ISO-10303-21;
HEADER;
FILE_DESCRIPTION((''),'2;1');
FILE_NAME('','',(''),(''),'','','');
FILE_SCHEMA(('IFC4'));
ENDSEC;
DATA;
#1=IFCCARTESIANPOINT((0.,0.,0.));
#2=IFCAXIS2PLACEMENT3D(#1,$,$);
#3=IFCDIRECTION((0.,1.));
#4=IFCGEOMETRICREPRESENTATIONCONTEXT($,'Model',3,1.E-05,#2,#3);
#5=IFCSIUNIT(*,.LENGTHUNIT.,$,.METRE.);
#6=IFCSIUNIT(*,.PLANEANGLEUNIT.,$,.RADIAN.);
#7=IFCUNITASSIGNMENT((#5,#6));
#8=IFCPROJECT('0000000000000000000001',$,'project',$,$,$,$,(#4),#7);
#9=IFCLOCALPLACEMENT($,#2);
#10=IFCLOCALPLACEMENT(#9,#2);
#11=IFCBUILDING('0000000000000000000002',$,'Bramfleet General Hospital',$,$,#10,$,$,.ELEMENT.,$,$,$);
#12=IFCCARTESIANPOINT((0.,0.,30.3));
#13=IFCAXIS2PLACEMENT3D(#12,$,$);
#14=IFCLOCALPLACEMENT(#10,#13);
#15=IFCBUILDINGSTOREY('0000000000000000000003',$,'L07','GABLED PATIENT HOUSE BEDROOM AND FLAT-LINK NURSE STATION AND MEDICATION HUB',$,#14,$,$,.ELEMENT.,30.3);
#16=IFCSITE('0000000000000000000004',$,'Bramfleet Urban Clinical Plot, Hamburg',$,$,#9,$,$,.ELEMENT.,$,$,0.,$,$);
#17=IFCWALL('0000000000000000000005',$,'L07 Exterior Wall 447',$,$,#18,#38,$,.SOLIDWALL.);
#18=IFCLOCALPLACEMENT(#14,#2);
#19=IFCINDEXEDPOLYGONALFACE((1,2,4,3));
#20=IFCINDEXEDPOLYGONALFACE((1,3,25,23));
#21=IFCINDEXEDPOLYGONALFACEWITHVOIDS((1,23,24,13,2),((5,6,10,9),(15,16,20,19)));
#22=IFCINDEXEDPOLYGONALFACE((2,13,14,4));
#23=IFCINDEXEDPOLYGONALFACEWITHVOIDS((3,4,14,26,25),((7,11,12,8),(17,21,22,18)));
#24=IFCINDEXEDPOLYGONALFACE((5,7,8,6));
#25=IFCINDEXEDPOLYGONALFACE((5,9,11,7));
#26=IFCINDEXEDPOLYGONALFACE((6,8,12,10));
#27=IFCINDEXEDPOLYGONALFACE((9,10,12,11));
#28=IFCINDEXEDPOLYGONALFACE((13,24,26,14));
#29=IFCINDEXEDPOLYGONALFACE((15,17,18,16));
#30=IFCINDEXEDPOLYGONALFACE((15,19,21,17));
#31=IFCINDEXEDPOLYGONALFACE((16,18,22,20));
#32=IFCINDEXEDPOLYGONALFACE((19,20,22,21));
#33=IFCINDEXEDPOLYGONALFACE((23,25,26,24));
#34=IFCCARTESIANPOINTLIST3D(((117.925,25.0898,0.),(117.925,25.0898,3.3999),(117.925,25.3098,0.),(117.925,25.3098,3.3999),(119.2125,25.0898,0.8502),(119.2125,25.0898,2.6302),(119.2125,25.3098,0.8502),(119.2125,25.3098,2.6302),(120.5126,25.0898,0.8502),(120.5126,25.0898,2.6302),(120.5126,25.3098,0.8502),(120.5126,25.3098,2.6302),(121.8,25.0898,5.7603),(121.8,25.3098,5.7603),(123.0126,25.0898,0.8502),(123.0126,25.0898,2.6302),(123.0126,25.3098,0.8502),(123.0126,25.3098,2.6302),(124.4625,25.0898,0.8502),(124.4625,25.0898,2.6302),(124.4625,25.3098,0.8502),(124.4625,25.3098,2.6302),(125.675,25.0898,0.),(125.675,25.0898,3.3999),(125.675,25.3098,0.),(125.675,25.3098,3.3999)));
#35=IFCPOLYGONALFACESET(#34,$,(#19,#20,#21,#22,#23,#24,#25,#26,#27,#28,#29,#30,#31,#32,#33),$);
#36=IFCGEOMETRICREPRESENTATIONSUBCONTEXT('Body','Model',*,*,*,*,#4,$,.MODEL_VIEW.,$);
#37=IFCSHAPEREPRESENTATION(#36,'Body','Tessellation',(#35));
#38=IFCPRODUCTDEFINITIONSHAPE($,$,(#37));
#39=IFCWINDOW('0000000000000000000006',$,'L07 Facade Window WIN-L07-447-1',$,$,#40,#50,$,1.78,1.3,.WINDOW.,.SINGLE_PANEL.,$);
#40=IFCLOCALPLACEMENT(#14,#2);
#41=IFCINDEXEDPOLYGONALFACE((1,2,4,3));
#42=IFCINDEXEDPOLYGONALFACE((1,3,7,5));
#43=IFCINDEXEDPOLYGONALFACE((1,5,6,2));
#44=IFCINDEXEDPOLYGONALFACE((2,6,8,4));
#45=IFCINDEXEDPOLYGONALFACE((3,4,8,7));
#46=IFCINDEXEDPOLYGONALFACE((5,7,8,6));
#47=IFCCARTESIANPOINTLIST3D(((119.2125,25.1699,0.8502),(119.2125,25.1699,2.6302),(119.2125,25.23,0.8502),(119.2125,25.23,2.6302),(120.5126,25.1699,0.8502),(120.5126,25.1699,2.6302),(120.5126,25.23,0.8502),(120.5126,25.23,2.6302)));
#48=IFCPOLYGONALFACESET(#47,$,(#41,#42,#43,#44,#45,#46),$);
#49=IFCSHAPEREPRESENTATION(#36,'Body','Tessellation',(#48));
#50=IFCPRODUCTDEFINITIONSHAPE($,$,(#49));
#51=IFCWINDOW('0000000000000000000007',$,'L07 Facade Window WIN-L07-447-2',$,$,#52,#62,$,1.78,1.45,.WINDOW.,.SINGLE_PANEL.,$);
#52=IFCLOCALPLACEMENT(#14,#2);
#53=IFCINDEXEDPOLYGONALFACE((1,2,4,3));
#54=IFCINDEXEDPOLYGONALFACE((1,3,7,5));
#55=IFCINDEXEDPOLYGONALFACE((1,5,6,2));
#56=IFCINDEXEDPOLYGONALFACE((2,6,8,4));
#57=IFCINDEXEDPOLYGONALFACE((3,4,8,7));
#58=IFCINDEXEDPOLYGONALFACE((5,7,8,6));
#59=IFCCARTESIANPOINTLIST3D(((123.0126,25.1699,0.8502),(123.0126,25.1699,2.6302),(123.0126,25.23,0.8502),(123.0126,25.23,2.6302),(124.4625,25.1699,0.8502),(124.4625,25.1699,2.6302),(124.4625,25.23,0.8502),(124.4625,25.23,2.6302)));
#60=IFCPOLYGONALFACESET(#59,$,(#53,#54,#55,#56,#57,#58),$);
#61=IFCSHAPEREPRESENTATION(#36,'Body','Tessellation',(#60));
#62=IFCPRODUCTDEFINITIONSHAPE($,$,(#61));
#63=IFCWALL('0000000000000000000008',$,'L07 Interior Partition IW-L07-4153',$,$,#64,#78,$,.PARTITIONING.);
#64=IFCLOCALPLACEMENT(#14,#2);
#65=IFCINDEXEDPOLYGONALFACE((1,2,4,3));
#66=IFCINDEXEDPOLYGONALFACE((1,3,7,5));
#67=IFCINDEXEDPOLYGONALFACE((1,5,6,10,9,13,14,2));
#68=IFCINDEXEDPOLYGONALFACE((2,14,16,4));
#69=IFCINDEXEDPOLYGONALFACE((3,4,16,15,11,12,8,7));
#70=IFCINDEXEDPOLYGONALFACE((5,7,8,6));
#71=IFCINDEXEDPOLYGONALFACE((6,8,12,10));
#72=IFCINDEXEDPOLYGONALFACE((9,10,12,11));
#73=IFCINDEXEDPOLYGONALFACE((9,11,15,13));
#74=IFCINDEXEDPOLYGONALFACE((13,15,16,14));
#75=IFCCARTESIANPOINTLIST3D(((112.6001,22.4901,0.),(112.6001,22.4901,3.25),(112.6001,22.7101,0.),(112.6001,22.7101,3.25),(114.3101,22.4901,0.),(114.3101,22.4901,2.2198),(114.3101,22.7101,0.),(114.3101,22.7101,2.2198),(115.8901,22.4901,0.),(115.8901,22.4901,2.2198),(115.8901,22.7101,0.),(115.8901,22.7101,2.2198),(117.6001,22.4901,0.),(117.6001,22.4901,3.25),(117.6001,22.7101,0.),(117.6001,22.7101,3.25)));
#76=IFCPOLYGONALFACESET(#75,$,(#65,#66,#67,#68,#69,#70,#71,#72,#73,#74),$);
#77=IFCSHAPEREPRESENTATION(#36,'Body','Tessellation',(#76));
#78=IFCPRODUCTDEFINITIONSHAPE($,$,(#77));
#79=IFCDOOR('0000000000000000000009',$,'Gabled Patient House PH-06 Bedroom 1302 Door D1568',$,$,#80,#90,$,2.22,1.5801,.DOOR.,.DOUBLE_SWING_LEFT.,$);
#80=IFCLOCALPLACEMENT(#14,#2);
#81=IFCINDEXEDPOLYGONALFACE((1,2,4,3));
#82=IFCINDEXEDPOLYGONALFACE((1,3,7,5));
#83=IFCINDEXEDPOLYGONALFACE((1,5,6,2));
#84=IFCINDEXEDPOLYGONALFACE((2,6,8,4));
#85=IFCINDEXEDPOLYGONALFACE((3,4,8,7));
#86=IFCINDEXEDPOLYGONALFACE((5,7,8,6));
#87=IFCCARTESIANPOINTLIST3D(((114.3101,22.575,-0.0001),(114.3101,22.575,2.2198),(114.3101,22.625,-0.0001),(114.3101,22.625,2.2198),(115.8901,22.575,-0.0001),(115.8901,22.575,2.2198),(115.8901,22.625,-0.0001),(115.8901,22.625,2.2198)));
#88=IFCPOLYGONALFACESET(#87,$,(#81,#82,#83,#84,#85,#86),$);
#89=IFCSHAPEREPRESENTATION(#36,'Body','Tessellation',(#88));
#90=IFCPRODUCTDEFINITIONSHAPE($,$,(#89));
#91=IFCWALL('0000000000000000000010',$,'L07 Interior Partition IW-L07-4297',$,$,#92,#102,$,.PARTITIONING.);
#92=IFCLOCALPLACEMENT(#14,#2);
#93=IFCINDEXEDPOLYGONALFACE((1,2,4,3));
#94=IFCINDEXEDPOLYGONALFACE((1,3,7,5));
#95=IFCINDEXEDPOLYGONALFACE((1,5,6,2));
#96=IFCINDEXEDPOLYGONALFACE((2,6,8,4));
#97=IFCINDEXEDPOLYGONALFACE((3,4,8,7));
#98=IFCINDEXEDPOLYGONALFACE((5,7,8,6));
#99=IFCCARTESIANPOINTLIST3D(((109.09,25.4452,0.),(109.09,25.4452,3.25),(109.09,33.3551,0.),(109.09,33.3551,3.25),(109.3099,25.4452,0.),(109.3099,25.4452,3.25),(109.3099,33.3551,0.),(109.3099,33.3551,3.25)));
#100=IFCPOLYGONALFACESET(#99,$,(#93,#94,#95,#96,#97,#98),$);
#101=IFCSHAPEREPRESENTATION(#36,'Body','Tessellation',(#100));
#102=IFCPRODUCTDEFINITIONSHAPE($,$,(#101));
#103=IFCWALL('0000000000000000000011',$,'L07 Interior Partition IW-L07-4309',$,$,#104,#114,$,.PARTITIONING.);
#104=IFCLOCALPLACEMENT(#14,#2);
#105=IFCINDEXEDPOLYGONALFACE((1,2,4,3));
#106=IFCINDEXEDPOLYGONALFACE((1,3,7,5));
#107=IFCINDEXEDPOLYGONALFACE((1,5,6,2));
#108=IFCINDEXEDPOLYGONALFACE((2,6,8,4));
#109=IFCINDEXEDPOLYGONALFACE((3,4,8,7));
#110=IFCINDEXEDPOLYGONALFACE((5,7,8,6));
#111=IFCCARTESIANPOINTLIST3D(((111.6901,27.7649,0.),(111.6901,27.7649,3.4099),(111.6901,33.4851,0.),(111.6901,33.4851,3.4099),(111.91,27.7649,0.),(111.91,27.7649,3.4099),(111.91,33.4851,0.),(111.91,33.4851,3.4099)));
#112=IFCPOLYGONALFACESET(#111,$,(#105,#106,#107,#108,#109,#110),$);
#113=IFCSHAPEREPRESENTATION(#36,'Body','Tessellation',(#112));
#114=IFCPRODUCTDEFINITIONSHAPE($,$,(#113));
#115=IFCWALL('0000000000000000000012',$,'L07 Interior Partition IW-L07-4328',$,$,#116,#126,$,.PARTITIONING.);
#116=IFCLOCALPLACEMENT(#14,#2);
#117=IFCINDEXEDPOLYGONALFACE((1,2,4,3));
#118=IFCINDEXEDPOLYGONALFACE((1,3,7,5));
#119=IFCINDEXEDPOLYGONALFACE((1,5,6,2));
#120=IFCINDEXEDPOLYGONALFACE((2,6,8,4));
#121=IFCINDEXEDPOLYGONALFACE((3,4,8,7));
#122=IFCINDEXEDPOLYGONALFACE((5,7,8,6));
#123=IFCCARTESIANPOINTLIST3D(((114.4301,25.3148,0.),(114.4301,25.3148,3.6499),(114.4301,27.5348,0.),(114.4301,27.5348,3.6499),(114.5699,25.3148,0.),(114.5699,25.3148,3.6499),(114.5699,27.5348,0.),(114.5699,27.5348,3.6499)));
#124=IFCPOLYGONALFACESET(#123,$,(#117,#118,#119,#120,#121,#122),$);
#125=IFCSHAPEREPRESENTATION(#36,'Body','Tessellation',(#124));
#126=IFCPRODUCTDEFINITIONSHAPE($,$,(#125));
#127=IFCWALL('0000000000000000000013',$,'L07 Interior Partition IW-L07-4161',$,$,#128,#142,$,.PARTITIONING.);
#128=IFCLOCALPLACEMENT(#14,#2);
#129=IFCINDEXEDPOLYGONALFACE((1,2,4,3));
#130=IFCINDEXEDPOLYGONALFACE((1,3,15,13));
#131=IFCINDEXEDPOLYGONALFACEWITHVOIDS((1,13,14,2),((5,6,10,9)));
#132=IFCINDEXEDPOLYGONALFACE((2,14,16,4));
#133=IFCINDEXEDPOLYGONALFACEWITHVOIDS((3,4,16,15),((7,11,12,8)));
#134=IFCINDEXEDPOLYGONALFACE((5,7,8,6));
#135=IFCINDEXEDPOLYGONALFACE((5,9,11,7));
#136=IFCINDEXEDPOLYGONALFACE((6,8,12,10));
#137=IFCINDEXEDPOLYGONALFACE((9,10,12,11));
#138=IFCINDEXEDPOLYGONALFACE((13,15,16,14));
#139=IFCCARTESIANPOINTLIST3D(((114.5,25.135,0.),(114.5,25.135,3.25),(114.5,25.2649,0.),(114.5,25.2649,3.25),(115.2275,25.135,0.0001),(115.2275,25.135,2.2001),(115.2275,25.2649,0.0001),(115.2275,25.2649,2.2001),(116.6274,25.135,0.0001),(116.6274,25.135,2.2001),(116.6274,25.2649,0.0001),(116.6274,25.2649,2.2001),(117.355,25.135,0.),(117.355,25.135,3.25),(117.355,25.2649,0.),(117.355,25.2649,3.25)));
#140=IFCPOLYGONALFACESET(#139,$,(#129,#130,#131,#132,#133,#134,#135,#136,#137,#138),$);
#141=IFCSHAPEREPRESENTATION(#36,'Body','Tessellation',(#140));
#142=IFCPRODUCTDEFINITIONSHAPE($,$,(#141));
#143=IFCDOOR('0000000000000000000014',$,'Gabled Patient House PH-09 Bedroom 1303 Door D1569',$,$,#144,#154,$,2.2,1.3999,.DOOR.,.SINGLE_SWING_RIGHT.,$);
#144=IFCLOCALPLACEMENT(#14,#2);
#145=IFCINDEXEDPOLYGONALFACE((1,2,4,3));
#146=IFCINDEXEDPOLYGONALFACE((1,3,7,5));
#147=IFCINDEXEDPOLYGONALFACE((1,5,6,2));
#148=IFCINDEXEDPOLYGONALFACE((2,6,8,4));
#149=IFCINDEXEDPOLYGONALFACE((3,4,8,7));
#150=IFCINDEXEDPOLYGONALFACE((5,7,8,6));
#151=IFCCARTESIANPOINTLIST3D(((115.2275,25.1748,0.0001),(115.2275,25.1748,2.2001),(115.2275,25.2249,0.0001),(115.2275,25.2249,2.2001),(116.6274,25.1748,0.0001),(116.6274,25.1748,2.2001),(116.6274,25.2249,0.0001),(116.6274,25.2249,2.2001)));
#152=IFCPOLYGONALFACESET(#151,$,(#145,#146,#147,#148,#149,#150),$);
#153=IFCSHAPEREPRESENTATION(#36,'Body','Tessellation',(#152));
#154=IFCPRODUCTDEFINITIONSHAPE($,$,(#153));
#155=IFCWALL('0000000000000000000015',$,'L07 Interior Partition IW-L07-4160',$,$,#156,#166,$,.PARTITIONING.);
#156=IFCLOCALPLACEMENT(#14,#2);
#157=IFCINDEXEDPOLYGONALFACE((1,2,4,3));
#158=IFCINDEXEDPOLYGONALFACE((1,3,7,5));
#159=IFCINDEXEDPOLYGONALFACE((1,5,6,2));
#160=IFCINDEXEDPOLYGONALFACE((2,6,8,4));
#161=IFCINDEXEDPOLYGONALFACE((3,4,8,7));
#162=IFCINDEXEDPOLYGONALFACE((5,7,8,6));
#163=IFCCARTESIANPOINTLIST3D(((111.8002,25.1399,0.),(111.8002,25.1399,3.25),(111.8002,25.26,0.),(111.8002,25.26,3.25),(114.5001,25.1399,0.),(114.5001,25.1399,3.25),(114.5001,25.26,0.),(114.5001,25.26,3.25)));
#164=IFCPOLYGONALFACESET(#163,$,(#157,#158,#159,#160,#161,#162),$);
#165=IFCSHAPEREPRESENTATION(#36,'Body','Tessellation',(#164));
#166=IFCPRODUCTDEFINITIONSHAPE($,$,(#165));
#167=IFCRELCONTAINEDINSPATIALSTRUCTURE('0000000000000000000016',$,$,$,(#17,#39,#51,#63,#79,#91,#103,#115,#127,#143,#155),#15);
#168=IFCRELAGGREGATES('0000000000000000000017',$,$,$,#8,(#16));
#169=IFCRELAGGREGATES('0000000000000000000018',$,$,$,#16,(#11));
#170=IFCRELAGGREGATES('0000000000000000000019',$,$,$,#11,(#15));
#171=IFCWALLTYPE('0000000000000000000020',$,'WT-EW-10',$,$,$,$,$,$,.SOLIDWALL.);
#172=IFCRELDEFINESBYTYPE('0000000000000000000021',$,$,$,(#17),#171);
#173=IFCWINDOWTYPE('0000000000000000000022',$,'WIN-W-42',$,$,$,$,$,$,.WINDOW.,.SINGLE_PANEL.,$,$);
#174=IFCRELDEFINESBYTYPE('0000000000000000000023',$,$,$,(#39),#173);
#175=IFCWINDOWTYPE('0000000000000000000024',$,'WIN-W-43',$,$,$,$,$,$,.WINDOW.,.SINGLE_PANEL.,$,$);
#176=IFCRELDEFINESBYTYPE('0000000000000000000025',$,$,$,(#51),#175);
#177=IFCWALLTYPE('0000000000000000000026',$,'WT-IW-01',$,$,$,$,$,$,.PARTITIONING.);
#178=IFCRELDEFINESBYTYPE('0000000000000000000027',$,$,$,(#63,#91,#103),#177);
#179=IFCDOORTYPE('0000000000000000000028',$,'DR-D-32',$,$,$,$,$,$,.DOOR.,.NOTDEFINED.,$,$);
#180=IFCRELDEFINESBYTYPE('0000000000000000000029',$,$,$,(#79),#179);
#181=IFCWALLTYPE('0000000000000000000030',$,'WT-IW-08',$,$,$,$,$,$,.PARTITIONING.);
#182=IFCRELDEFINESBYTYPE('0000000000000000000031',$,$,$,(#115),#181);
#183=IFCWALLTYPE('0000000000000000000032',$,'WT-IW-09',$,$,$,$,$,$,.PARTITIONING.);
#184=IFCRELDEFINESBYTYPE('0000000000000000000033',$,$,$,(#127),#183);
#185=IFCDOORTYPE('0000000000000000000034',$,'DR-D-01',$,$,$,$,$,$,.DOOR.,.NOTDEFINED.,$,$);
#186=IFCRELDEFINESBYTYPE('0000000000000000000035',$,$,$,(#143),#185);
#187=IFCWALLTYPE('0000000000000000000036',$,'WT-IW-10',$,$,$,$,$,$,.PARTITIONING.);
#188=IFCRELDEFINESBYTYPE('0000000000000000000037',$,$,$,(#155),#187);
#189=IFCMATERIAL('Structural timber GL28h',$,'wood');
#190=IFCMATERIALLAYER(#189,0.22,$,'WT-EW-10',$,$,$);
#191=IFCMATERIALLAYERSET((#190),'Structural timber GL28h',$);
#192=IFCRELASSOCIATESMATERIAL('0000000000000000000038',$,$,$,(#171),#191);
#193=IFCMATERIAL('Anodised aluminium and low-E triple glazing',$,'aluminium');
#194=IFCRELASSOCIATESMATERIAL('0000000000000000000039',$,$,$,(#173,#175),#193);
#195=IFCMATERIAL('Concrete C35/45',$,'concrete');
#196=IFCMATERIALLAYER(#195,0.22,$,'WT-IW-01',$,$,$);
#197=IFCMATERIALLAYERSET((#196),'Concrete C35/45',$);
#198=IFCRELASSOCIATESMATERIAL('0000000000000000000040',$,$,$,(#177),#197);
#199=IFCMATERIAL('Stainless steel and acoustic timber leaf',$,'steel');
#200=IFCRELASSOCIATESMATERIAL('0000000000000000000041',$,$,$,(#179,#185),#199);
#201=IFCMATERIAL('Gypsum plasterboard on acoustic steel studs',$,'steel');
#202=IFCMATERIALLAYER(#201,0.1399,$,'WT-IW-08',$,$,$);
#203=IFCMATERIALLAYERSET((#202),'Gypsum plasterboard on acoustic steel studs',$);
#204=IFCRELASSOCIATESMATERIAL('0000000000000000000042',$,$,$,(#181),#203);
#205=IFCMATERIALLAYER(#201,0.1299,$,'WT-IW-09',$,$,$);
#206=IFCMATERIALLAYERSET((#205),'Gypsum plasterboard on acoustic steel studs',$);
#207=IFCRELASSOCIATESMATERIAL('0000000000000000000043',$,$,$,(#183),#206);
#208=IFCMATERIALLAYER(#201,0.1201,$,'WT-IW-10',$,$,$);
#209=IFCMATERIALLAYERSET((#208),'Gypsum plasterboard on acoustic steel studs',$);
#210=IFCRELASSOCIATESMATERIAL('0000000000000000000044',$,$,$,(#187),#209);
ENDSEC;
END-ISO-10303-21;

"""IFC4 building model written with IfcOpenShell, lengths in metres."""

from ifc_helpers import new_model, si_unit, direction, frame, frame_2d, origin, place, context, subcontext, project, spatial, polyline, rectangle, outline, extrude, material, layer, layer_set, type_object, element, fill, save


model = new_model("IFC4")

# Units and contexts
model_context = context("Model", 3, precision=1e-05, world=origin(), true_north=direction((0.0, 1.0)))
body_context = subcontext(model_context, "Body", "Model", "MODEL_VIEW")
ifc_project = project(units=[si_unit("LENGTHUNIT", "METRE"), si_unit("PLANEANGLEUNIT", "RADIAN")], contexts=[model_context])

# Site, building, storey
site_placement = place(None, origin())
site = spatial("IfcSite", under=ifc_project, at=site_placement, Name="Bramfleet Urban Clinical Plot, Hamburg", CompositionType="ELEMENT", RefElevation=0.0)
building_placement = place(site_placement, origin())
building = spatial("IfcBuilding", under=site, at=building_placement, Name="Bramfleet General Hospital", CompositionType="ELEMENT")
storey_placement = place(building_placement, frame((0.0, 0.0, 30.3)))
storey = spatial("IfcBuildingStorey", under=building, at=storey_placement, Name="L07", Description="GABLED PATIENT HOUSE BEDROOM AND FLAT-LINK NURSE STATION AND MEDICATION HUB", CompositionType="ELEMENT", Elevation=30.3)

# Wall, openings, windows
ifc_material_1 = material(Name="Structural timber GL28h", Category="wood")
ifc_layer_1 = layer(ifc_material_1, 0.22, Name="WT-EW-10")
ifc_layer_set_1 = layer_set([ifc_layer_1], Name="Structural timber GL28h")
wall_type_1 = type_object("IfcWallType", Name="WT-EW-10", PredefinedType="SOLIDWALL", material=ifc_layer_set_1)
wall_1_placement = place(storey_placement, frame((117.925, 25.2, 0.0), z_axis=(0.0, 0.0, 1.0), x_axis=(1.0, 0.0, 0.0)))
wall_1 = element("IfcWall", 1, at=wall_1_placement, inside=storey, type_object=wall_type_1, Name="L07 Exterior Wall 447", PredefinedType="SOLIDWALL", context=body_context, shape_type="SweptSolid", body=[
    extrude(outline(polyline([(0.0, 0.0), (7.75, 0.0), (7.75, 3.3999), (3.875, 5.7603), (0.0, 3.3999), (0.0, 0.0)])), frame((0.0, 0.1099, 0.0), z_axis=(0.0, -1.0, 0.0), x_axis=(1.0, 0.0, 0.0)), (0.0, 0.0, 1.0), 0.22),
])
opening_1_placement = place(wall_1_placement, frame((1.2876, 0.0, 0.8501)))
opening_1 = element("IfcOpeningElement", 2, at=opening_1_placement, cuts=wall_1, PredefinedType="OPENING", context=body_context, shape_type="SweptSolid", body=[
    extrude(rectangle(XDim=1.3, YDim=1.78, at=frame_2d((0.6499, 0.8901))), frame((0.0, 0.1199, 0.0), z_axis=(0.0, -1.0, 0.0), x_axis=(1.0, 0.0, 0.0)), (0.0, 0.0, 1.0), 0.24),
])
opening_2_placement = place(wall_1_placement, frame((5.0874, 0.0, 0.8501)))
opening_2 = element("IfcOpeningElement", 3, at=opening_2_placement, cuts=wall_1, PredefinedType="OPENING", context=body_context, shape_type="SweptSolid", body=[
    extrude(rectangle(XDim=1.45, YDim=1.78, at=frame_2d((0.7251, 0.8901))), frame((0.0, 0.1199, 0.0), z_axis=(0.0, -1.0, 0.0), x_axis=(1.0, 0.0, 0.0)), (0.0, 0.0, 1.0), 0.24),
])
ifc_material_2 = material(Name="Anodised aluminium and low-E triple glazing", Category="aluminium")
window_type_1 = type_object("IfcWindowType", Name="WIN-W-42", PartitioningType="SINGLE_PANEL", PredefinedType="WINDOW", material=ifc_material_2)
window_1_placement = place(opening_1_placement, origin())
window_1 = element("IfcWindow", 4, at=window_1_placement, inside=storey, type_object=window_type_1, Name="L07 Facade Window WIN-L07-447-1", OverallHeight=1.78, OverallWidth=1.3, PartitioningType="SINGLE_PANEL", PredefinedType="WINDOW", context=body_context, shape_type="SweptSolid", body=[
    extrude(rectangle(XDim=1.3, YDim=1.78, at=frame_2d((0.6499, 0.8901))), frame((0.0, 0.03, 0.0), z_axis=(0.0, -1.0, 0.0), x_axis=(1.0, 0.0, 0.0)), (0.0, 0.0, 1.0), 0.0601),
])
fill(opening_1, window_1)
window_type_2 = type_object("IfcWindowType", Name="WIN-W-43", PartitioningType="SINGLE_PANEL", PredefinedType="WINDOW", material=ifc_material_2)
window_2_placement = place(opening_2_placement, origin())
window_2 = element("IfcWindow", 5, at=window_2_placement, inside=storey, type_object=window_type_2, Name="L07 Facade Window WIN-L07-447-2", OverallHeight=1.78, OverallWidth=1.45, PartitioningType="SINGLE_PANEL", PredefinedType="WINDOW", context=body_context, shape_type="SweptSolid", body=[
    extrude(rectangle(XDim=1.45, YDim=1.78, at=frame_2d((0.7251, 0.8901))), frame((0.0, 0.03, 0.0), z_axis=(0.0, -1.0, 0.0), x_axis=(1.0, 0.0, 0.0)), (0.0, 0.0, 1.0), 0.0601),
])
fill(opening_2, window_2)

# Wall, opening, door
ifc_material_3 = material(Name="Concrete C35/45", Category="concrete")
ifc_layer_2 = layer(ifc_material_3, 0.22, Name="WT-IW-01")
ifc_layer_set_2 = layer_set([ifc_layer_2], Name="Concrete C35/45")
wall_type_2 = type_object("IfcWallType", Name="WT-IW-01", PredefinedType="PARTITIONING", material=ifc_layer_set_2)
wall_2_placement = place(storey_placement, frame((112.6001, 22.6001, 0.0), z_axis=(0.0, 0.0, 1.0), x_axis=(1.0, 0.0, 0.0)))
wall_2 = element("IfcWall", 6, at=wall_2_placement, inside=storey, type_object=wall_type_2, Name="L07 Interior Partition IW-L07-4153", PredefinedType="PARTITIONING", context=body_context, shape_type="SweptSolid", body=[
    extrude(rectangle(XDim=5.0, YDim=0.22, at=frame_2d((2.5, 0.0))), origin(), (0.0, 0.0, 1.0), 3.25),
])
opening_3_placement = place(wall_2_placement, frame((1.71, 0.0, 0.0)))
opening_3 = element("IfcOpeningElement", 7, at=opening_3_placement, cuts=wall_2, PredefinedType="OPENING", context=body_context, shape_type="SweptSolid", body=[
    extrude(rectangle(XDim=1.5801, YDim=2.22, at=frame_2d((0.79, 1.1099))), frame((0.0, 0.1199, 0.0), z_axis=(0.0, -1.0, 0.0), x_axis=(1.0, 0.0, 0.0)), (0.0, 0.0, 1.0), 0.24),
])
ifc_material_4 = material(Name="Stainless steel and acoustic timber leaf", Category="steel")
door_type_1 = type_object("IfcDoorType", Name="DR-D-32", OperationType="NOTDEFINED", PredefinedType="DOOR", material=ifc_material_4)
door_1_placement = place(opening_3_placement, origin())
door_1 = element("IfcDoor", 8, at=door_1_placement, inside=storey, type_object=door_type_1, Name="Gabled Patient House PH-06 Bedroom 1302 Door D1568", OperationType="DOUBLE_SWING_LEFT", OverallHeight=2.22, OverallWidth=1.5801, PredefinedType="DOOR", context=body_context, shape_type="SweptSolid", body=[
    extrude(rectangle(XDim=1.5801, YDim=2.22, at=frame_2d((0.79, 1.1099))), frame((0.0, 0.0249, 0.0), z_axis=(0.0, -1.0, 0.0), x_axis=(1.0, 0.0, 0.0)), (0.0, 0.0, 1.0), 0.05),
])
fill(opening_3, door_1)

# Walls
wall_3_placement = place(storey_placement, frame((109.2, 25.4451, 0.0), z_axis=(0.0, 0.0, 1.0), x_axis=(0.0, 1.0, 0.0)))
element("IfcWall", 9, at=wall_3_placement, inside=storey, type_object=wall_type_2, Name="L07 Interior Partition IW-L07-4297", PredefinedType="PARTITIONING", context=body_context, shape_type="SweptSolid", body=[
    extrude(rectangle(XDim=7.9099, YDim=0.22, at=frame_2d((3.9551, 0.0))), origin(), (0.0, 0.0, 1.0), 3.25),
])
wall_4_placement = place(storey_placement, frame((111.8, 27.7649, 0.0), z_axis=(0.0, 0.0, 1.0), x_axis=(0.0, 1.0, 0.0)))
element("IfcWall", 10, at=wall_4_placement, inside=storey, type_object=wall_type_2, Name="L07 Interior Partition IW-L07-4309", PredefinedType="PARTITIONING", context=body_context, shape_type="SweptSolid", body=[
    extrude(rectangle(XDim=5.7202, YDim=0.22, at=frame_2d((2.8601, 0.0))), origin(), (0.0, 0.0, 1.0), 3.4099),
])
ifc_material_5 = material(Name="Gypsum plasterboard on acoustic steel studs", Category="steel")
ifc_layer_3 = layer(ifc_material_5, 0.1399, Name="WT-IW-08")
ifc_layer_set_3 = layer_set([ifc_layer_3], Name="Gypsum plasterboard on acoustic steel studs")
wall_type_3 = type_object("IfcWallType", Name="WT-IW-08", PredefinedType="PARTITIONING", material=ifc_layer_set_3)
wall_5_placement = place(storey_placement, frame((114.5, 25.3149, 0.0), z_axis=(0.0, 0.0, 1.0), x_axis=(0.0, 1.0, 0.0)))
element("IfcWall", 11, at=wall_5_placement, inside=storey, type_object=wall_type_3, Name="L07 Interior Partition IW-L07-4328", PredefinedType="PARTITIONING", context=body_context, shape_type="SweptSolid", body=[
    extrude(rectangle(XDim=2.22, YDim=0.1399, at=frame_2d((1.1099, 0.0))), origin(), (0.0, 0.0, 1.0), 3.6499),
])

# Wall, opening, door
ifc_layer_4 = layer(ifc_material_5, 0.1299, Name="WT-IW-09")
ifc_layer_set_4 = layer_set([ifc_layer_4], Name="Gypsum plasterboard on acoustic steel studs")
wall_type_4 = type_object("IfcWallType", Name="WT-IW-09", PredefinedType="PARTITIONING", material=ifc_layer_set_4)
wall_6_placement = place(storey_placement, frame((114.5, 25.2, 0.0), z_axis=(0.0, 0.0, 1.0), x_axis=(1.0, 0.0, 0.0)))
wall_6 = element("IfcWall", 12, at=wall_6_placement, inside=storey, type_object=wall_type_4, Name="L07 Interior Partition IW-L07-4161", PredefinedType="PARTITIONING", context=body_context, shape_type="SweptSolid", body=[
    extrude(rectangle(XDim=2.855, YDim=0.1299, at=frame_2d((1.4275, 0.0))), origin(), (0.0, 0.0, 1.0), 3.25),
])
opening_4_placement = place(wall_6_placement, frame((0.7275, 0.0, 0.0)))
opening_4 = element("IfcOpeningElement", 13, at=opening_4_placement, cuts=wall_6, PredefinedType="OPENING", context=body_context, shape_type="SweptSolid", body=[
    extrude(rectangle(XDim=1.3999, YDim=2.2, at=frame_2d((0.7, 1.1001))), frame((0.0, 0.075, 0.0), z_axis=(0.0, -1.0, 0.0), x_axis=(1.0, 0.0, 0.0)), (0.0, 0.0, 1.0), 0.1499),
])
door_type_2 = type_object("IfcDoorType", Name="DR-D-01", OperationType="NOTDEFINED", PredefinedType="DOOR", material=ifc_material_4)
door_2_placement = place(opening_4_placement, origin())
door_2 = element("IfcDoor", 14, at=door_2_placement, inside=storey, type_object=door_type_2, Name="Gabled Patient House PH-09 Bedroom 1303 Door D1569", OperationType="SINGLE_SWING_RIGHT", OverallHeight=2.2, OverallWidth=1.3999, PredefinedType="DOOR", context=body_context, shape_type="SweptSolid", body=[
    extrude(rectangle(XDim=1.3999, YDim=2.2, at=frame_2d((0.7, 1.1001))), frame((0.0, 0.0249, 0.0), z_axis=(0.0, -1.0, 0.0), x_axis=(1.0, 0.0, 0.0)), (0.0, 0.0, 1.0), 0.05),
])
fill(opening_4, door_2)

# Wall
ifc_layer_5 = layer(ifc_material_5, 0.1201, Name="WT-IW-10")
ifc_layer_set_5 = layer_set([ifc_layer_5], Name="Gypsum plasterboard on acoustic steel studs")
wall_type_5 = type_object("IfcWallType", Name="WT-IW-10", PredefinedType="PARTITIONING", material=ifc_layer_set_5)
wall_7_placement = place(storey_placement, frame((111.8, 25.2, 0.0), z_axis=(0.0, 0.0, 1.0), x_axis=(1.0, 0.0, 0.0)))
element("IfcWall", 15, at=wall_7_placement, inside=storey, type_object=wall_type_5, Name="L07 Interior Partition IW-L07-4160", PredefinedType="PARTITIONING", context=body_context, shape_type="SweptSolid", body=[
    extrude(rectangle(XDim=2.7, YDim=0.1201, at=frame_2d((1.3501, 0.0))), origin(), (0.0, 0.0, 1.0), 3.25),
])

save(model, "model.ifc")
